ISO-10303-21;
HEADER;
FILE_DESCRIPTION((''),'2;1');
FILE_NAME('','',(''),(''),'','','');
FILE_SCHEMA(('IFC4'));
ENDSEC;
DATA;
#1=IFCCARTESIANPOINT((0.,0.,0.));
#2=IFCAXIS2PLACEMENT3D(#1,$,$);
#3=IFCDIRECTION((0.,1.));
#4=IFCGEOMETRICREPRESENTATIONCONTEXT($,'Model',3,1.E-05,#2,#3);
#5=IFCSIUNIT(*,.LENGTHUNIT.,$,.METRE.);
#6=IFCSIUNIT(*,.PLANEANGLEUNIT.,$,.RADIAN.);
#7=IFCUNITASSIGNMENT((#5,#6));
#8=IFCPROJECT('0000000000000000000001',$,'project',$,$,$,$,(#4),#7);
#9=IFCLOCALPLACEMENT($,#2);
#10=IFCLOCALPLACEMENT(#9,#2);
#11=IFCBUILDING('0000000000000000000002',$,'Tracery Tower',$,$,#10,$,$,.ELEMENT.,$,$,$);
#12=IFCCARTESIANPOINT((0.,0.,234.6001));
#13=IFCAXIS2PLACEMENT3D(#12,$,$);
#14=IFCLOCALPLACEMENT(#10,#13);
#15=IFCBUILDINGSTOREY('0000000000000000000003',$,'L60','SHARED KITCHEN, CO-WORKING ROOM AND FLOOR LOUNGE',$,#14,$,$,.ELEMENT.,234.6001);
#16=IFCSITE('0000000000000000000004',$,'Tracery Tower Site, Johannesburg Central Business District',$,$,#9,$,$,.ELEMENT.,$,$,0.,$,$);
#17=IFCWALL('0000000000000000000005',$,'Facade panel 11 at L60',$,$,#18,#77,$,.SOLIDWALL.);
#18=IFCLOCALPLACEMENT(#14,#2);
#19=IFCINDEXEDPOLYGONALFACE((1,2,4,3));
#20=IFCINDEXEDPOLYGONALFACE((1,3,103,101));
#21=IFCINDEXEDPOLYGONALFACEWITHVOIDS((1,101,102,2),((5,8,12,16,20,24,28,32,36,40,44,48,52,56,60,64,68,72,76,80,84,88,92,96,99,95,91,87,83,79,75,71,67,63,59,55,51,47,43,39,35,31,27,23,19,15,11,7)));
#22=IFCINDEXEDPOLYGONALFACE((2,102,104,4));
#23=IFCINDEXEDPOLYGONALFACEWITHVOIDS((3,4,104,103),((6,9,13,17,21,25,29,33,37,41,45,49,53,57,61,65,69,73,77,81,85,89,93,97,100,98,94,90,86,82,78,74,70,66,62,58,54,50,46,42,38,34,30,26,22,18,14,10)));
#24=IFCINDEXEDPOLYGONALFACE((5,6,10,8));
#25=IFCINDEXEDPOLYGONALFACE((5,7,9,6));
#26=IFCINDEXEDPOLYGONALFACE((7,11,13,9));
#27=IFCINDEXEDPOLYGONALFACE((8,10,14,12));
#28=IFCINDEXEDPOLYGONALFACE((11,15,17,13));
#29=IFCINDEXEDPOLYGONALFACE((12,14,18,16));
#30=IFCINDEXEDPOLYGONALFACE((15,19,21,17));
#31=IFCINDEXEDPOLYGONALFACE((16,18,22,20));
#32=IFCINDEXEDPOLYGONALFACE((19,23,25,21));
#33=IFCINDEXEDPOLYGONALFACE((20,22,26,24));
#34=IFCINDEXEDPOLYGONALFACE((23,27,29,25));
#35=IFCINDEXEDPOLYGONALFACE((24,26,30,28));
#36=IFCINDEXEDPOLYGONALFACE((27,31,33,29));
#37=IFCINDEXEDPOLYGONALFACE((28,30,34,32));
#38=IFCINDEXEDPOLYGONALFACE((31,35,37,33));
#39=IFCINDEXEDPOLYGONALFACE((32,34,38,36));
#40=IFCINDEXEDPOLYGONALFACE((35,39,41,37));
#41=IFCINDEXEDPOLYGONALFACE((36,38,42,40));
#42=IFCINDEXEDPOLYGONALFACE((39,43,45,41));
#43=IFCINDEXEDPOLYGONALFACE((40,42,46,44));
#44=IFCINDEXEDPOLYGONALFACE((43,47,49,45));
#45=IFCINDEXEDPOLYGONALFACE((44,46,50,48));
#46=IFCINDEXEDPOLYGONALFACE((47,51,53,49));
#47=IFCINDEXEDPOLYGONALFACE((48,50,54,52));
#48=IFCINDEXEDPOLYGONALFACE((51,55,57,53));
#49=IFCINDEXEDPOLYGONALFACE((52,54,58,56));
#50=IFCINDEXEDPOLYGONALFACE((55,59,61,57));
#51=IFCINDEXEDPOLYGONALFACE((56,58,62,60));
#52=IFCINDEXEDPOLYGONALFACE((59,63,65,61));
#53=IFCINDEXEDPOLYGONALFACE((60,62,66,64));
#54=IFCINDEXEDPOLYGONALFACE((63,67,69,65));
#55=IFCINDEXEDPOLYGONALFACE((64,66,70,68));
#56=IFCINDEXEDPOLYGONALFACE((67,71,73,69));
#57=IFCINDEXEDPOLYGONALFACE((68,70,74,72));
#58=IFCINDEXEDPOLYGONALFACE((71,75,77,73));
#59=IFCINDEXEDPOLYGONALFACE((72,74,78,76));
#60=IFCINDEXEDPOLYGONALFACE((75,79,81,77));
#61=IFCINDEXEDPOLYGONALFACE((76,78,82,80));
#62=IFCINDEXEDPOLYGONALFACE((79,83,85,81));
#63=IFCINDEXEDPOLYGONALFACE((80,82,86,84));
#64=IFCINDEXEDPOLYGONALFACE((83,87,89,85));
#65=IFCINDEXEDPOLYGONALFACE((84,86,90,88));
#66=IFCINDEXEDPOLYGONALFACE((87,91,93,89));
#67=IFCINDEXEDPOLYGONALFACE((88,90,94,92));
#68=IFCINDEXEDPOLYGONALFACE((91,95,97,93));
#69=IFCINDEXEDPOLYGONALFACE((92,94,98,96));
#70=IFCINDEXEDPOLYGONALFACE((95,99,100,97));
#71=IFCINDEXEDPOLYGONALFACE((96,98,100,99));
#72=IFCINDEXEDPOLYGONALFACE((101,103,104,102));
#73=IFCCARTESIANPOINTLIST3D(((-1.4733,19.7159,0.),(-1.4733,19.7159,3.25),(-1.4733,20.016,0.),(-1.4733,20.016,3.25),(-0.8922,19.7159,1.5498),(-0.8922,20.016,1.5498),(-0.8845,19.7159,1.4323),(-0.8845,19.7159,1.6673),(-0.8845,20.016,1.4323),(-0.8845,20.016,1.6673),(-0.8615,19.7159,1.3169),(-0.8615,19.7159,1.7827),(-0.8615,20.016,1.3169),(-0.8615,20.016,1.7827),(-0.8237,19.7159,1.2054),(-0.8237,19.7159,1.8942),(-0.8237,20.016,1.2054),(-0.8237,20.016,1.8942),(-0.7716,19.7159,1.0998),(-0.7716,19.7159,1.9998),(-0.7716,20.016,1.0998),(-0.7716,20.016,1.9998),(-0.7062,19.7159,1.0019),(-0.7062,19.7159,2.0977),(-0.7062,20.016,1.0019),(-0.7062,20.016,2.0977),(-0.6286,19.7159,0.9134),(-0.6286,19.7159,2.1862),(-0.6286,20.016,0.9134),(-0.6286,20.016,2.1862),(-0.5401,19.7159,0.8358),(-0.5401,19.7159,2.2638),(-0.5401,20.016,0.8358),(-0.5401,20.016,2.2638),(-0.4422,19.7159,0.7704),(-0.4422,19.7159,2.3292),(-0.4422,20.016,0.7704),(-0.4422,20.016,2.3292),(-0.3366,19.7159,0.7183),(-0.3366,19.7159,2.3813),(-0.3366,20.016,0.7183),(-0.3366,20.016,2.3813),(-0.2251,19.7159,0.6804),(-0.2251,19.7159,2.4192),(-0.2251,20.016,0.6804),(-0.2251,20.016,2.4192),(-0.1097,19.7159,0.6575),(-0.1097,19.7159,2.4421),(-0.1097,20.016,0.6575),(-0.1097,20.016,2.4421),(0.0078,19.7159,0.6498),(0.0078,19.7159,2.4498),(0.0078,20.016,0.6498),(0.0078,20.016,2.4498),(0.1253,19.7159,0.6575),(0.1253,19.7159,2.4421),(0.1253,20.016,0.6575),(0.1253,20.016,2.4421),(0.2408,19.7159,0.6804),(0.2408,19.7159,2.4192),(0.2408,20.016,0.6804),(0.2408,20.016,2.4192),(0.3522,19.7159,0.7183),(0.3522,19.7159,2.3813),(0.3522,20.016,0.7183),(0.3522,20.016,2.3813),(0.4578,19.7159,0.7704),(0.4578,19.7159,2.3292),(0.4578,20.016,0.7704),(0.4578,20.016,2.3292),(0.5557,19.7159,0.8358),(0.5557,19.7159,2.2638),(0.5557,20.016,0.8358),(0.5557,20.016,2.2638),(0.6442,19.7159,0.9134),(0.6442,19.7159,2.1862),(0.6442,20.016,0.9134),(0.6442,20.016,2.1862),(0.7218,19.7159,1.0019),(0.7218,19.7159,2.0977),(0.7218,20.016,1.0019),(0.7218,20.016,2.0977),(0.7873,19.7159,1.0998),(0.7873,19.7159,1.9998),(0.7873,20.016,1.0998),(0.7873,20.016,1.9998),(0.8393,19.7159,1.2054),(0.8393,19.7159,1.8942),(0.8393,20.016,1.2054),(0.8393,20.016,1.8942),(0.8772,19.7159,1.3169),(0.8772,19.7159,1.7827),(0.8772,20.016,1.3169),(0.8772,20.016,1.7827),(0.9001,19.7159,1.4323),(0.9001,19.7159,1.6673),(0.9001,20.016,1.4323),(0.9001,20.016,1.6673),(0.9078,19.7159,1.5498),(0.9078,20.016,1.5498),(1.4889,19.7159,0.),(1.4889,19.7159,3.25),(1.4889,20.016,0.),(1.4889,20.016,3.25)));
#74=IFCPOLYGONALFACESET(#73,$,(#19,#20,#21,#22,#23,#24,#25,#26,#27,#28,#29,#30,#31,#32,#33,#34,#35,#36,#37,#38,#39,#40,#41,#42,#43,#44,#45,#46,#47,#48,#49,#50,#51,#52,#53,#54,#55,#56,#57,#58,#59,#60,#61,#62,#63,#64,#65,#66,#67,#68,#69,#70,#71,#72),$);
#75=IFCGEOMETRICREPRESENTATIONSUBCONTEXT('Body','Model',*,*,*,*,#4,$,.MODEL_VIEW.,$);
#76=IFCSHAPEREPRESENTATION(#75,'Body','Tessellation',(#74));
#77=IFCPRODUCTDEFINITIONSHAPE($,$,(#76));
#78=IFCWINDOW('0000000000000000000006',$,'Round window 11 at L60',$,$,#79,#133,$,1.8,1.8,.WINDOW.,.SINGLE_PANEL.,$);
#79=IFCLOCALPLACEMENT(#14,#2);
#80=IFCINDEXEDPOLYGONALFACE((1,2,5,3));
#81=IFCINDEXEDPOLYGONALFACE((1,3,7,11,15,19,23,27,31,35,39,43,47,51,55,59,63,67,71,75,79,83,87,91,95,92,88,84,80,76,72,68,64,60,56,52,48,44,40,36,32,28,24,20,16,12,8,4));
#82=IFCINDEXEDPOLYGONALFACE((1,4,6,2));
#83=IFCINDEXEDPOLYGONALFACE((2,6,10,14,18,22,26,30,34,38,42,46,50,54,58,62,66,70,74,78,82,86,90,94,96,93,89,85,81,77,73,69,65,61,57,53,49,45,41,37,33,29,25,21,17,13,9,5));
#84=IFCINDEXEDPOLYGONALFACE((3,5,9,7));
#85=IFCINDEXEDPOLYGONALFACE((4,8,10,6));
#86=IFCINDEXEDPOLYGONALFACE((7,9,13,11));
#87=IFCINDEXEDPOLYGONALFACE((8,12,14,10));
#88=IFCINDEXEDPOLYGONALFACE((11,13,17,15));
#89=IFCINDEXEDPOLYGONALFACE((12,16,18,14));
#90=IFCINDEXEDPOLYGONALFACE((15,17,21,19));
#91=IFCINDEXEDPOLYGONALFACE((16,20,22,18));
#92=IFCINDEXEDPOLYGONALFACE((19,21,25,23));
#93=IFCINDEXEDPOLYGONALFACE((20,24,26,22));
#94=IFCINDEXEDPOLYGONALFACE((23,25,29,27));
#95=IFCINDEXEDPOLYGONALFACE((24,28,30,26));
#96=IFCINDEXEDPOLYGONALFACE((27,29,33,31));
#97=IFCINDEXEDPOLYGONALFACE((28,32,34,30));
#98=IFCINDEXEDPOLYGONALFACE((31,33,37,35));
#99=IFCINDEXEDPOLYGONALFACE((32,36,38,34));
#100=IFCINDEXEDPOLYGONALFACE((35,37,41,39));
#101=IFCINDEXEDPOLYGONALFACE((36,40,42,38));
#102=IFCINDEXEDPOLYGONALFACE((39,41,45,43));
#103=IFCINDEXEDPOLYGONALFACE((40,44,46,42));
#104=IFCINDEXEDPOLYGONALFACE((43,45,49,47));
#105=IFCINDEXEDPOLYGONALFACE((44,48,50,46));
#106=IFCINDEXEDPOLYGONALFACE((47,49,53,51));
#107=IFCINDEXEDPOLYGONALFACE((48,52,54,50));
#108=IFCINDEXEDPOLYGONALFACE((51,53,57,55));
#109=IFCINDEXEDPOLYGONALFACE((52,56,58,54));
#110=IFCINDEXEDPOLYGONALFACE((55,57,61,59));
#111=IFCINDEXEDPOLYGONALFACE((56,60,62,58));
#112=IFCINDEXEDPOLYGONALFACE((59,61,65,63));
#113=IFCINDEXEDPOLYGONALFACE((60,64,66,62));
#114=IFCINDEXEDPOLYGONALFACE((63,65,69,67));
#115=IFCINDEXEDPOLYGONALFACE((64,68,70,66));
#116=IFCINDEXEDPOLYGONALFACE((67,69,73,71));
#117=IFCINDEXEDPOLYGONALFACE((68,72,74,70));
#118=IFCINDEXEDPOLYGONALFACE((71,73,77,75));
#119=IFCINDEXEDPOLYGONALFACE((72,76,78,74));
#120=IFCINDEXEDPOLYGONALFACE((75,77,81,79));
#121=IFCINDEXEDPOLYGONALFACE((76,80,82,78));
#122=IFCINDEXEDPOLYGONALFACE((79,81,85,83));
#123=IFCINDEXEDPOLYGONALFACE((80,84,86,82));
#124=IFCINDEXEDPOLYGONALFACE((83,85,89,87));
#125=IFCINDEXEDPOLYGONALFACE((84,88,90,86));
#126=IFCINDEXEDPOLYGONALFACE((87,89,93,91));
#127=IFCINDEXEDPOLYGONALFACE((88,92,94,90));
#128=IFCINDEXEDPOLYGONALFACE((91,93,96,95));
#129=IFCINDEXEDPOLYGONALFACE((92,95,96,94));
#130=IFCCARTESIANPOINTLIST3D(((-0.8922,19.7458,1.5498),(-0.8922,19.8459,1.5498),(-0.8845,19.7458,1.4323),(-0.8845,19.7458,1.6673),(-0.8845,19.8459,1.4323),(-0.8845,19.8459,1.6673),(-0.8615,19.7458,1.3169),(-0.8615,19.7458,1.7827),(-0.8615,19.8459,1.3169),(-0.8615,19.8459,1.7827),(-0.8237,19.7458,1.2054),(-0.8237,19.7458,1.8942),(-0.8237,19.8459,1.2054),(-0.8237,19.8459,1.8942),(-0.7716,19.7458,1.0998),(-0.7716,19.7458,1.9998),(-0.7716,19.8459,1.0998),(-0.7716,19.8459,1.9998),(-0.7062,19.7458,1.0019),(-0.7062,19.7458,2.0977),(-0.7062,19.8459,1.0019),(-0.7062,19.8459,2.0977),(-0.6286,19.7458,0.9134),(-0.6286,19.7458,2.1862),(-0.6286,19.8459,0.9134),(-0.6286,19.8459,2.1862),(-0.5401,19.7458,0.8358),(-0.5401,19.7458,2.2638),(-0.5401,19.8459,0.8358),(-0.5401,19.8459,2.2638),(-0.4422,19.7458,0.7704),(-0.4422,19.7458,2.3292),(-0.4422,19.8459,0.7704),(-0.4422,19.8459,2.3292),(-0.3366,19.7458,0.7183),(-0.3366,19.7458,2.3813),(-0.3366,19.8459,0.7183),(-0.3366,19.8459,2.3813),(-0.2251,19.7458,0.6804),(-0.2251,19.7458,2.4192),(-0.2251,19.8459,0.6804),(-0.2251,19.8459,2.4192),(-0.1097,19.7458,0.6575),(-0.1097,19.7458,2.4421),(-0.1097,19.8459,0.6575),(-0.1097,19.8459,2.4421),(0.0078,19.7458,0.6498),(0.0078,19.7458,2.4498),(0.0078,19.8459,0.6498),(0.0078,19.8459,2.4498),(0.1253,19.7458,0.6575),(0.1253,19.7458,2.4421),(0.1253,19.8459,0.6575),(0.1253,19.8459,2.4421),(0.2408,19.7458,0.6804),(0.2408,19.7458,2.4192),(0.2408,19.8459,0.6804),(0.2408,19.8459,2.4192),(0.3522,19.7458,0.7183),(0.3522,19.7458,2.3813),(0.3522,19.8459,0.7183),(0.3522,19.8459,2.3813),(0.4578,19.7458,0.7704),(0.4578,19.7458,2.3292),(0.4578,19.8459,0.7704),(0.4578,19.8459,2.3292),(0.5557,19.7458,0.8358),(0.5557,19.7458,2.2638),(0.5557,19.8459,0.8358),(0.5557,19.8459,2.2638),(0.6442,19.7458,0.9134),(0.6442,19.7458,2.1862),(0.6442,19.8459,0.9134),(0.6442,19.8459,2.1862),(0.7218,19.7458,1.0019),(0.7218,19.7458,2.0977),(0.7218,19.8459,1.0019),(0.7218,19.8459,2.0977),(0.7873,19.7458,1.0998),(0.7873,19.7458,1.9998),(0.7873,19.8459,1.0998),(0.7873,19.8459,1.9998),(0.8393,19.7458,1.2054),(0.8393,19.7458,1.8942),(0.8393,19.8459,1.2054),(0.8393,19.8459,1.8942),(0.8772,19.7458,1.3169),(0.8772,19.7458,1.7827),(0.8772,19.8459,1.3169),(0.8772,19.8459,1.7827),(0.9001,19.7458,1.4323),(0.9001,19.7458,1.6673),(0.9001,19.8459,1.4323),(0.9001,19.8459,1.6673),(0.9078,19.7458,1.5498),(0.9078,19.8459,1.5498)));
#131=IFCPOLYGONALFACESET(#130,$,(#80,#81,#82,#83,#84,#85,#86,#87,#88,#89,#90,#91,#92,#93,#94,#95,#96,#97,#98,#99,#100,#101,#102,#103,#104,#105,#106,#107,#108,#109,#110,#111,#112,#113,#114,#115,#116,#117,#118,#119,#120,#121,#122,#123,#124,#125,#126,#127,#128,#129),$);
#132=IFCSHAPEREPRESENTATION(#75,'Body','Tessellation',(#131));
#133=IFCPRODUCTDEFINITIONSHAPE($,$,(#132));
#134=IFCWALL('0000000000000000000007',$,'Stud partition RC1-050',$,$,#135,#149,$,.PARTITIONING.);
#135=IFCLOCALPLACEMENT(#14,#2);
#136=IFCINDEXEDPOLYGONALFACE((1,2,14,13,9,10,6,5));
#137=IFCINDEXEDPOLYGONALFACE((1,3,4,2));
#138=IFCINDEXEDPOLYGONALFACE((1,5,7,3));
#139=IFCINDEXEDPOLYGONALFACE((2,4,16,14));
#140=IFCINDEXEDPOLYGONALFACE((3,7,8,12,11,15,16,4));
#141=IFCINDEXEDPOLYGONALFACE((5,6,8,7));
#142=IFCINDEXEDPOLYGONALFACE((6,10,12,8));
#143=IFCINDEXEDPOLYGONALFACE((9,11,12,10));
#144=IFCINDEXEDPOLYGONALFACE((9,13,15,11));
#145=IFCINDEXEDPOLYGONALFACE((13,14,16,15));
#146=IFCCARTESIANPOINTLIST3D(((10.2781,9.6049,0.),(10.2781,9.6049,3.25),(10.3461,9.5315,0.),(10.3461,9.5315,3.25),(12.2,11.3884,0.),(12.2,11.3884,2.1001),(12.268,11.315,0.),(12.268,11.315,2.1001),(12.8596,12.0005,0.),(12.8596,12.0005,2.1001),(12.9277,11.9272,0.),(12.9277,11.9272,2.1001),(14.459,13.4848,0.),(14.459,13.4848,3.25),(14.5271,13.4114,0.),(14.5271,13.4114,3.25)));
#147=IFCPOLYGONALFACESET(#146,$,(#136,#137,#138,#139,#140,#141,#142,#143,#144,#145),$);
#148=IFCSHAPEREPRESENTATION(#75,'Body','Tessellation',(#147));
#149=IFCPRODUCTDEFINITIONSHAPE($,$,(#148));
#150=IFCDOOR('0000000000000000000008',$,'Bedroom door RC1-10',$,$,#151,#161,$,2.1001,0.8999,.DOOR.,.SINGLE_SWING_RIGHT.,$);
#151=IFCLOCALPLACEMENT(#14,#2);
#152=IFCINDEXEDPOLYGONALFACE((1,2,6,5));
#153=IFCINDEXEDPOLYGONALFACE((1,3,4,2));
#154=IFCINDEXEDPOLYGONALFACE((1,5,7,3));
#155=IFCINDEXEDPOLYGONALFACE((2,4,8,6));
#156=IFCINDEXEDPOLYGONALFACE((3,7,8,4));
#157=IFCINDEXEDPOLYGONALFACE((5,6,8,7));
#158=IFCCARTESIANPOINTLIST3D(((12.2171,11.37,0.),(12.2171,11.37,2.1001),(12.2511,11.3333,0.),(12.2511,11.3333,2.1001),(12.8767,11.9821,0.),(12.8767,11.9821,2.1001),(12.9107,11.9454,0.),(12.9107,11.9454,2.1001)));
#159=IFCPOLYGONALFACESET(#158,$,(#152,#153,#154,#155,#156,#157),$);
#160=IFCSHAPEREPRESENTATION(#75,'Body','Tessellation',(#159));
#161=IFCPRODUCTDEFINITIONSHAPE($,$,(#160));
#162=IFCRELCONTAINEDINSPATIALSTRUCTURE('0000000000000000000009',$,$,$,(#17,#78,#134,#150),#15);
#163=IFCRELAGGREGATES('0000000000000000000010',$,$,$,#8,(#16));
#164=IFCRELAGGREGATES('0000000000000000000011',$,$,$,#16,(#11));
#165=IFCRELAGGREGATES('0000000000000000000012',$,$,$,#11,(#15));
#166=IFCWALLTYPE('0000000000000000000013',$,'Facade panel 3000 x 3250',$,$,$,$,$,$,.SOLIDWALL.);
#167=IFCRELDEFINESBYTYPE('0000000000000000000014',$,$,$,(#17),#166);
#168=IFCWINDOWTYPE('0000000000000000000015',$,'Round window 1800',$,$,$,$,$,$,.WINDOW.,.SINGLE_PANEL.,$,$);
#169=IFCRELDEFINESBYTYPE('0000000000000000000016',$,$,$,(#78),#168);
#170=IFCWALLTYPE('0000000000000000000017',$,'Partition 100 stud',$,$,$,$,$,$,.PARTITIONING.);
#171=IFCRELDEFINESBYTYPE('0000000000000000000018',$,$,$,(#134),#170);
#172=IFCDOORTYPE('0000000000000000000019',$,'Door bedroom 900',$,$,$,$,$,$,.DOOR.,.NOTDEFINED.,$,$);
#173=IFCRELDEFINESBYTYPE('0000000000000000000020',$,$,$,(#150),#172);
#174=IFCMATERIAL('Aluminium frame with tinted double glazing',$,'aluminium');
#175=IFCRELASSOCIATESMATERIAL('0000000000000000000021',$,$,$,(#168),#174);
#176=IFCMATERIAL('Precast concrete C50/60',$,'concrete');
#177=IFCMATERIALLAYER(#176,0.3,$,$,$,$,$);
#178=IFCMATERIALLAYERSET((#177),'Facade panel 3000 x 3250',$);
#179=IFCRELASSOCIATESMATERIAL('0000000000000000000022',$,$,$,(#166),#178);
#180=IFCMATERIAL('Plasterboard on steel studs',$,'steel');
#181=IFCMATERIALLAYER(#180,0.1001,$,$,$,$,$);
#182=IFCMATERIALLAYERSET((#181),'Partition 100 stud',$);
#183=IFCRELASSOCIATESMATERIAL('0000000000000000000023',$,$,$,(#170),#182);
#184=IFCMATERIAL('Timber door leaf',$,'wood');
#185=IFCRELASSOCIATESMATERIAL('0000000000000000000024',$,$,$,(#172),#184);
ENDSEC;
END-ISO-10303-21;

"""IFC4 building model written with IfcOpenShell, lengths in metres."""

from ifc_helpers import new_model, si_unit, direction, frame, frame_2d, origin, origin_2d, place, context, subcontext, project, spatial, rectangle, circle, extrude, material, layer, layer_set, type_object, element, fill, save


model = new_model("IFC4")

# Units and contexts
model_context = context("Model", 3, precision=1e-05, world=origin(), true_north=direction((0.0, 1.0)))
body_context = subcontext(model_context, "Body", "Model", "MODEL_VIEW")
ifc_project = project(units=[si_unit("LENGTHUNIT", "METRE"), si_unit("PLANEANGLEUNIT", "RADIAN")], contexts=[model_context])

# Site, building, storey
site_placement = place(None, origin())
site = spatial("IfcSite", under=ifc_project, at=site_placement, Name="Tracery Tower Site, Johannesburg Central Business District", CompositionType="ELEMENT", RefElevation=0.0)
building_placement = place(site_placement, origin())
building = spatial("IfcBuilding", under=site, at=building_placement, Name="Tracery Tower", CompositionType="ELEMENT")
storey_placement = place(building_placement, frame((0.0, 0.0, 234.6001)))
storey = spatial("IfcBuildingStorey", under=building, at=storey_placement, Name="L60", Description="SHARED KITCHEN, CO-WORKING ROOM AND FLOOR LOUNGE", CompositionType="ELEMENT", Elevation=234.6001)

# Wall, opening, window
ifc_material_1 = material(Name="Aluminium frame with tinted double glazing", Category="aluminium")
window_type = type_object("IfcWindowType", Name="Round window 1800", PartitioningType="SINGLE_PANEL", PredefinedType="WINDOW", material=ifc_material_1)
ifc_material_2 = material(Name="Precast concrete C50/60", Category="concrete")
ifc_layer_1 = layer(ifc_material_2, 0.3)
ifc_layer_set_1 = layer_set([ifc_layer_1], Name="Facade panel 3000 x 3250")
wall_type_1 = type_object("IfcWallType", Name="Facade panel 3000 x 3250", PredefinedType="SOLIDWALL", material=ifc_layer_set_1)
wall_1_placement = place(storey_placement, frame((1.4888, 19.866, 0.0), z_axis=(0.0, 0.0, 1.0), x_axis=(-1.0, 0.0, 0.0)))
wall_1 = element("IfcWall", 1, at=wall_1_placement, inside=storey, type_object=wall_type_1, Name="Facade panel 11 at L60", PredefinedType="SOLIDWALL", context=body_context, shape_type="SweptSolid", body=[
    extrude(rectangle(XDim=2.9622, YDim=0.3, at=frame_2d((1.481, 0.0))), origin(), (0.0, 0.0, 1.0), 3.25),
])
opening_1_placement = place(wall_1_placement, frame((1.481, 0.0, 1.5498)))
opening_1 = element("IfcOpeningElement", 2, at=opening_1_placement, cuts=wall_1, PredefinedType="OPENING", context=body_context, shape_type="SweptSolid", body=[
    extrude(circle(Radius=0.9, at=origin_2d()), frame((0.0, 0.1599, 0.0), z_axis=(0.0, -1.0, 0.0), x_axis=(1.0, 0.0, 0.0)), (0.0, 0.0, 1.0), 0.3201),
])
window_1_placement = place(opening_1_placement, origin())
window_1 = element("IfcWindow", 3, at=window_1_placement, inside=storey, type_object=window_type, Name="Round window 11 at L60", OverallHeight=1.8, OverallWidth=1.8, PartitioningType="SINGLE_PANEL", PredefinedType="WINDOW", context=body_context, shape_type="SweptSolid", body=[
    extrude(circle(Radius=0.9, at=origin_2d()), frame((0.0, 0.1201, 0.0), z_axis=(0.0, -1.0, 0.0), x_axis=(1.0, 0.0, 0.0)), (0.0, 0.0, 1.0), 0.1001),
])
fill(opening_1, window_1)

# Wall, opening, door
ifc_material_3 = material(Name="Plasterboard on steel studs", Category="steel")
ifc_layer_2 = layer(ifc_material_3, 0.1001)
ifc_layer_set_2 = layer_set([ifc_layer_2], Name="Partition 100 stud")
wall_type_2 = type_object("IfcWallType", Name="Partition 100 stud", PredefinedType="PARTITIONING", material=ifc_layer_set_2)
wall_2_placement = place(storey_placement, frame((10.312, 9.5681, 0.0), z_axis=(0.0, 0.0, 1.0), x_axis=(0.733002, 0.680226, 0.0)))
wall_2 = element("IfcWall", 4, at=wall_2_placement, inside=storey, type_object=wall_type_2, Name="Stud partition RC1-050", PredefinedType="PARTITIONING", context=body_context, shape_type="SweptSolid", body=[
    extrude(rectangle(XDim=5.7039, YDim=0.1001, at=frame_2d((2.8521, 0.0))), origin(), (0.0, 0.0, 1.0), 3.25),
])
opening_2_placement = place(wall_2_placement, frame((2.6221, 0.0, 0.0)))
opening_2 = element("IfcOpeningElement", 5, at=opening_2_placement, cuts=wall_2, PredefinedType="OPENING", context=body_context, shape_type="SweptSolid", body=[
    extrude(rectangle(XDim=0.8999, YDim=2.1001, at=frame_2d((0.45, 1.05))), frame((0.0, 0.05, 0.0), z_axis=(0.0, -1.0, 0.0), x_axis=(1.0, 0.0, 0.0)), (0.0, 0.0, 1.0), 0.1001),
])
ifc_material_4 = material(Name="Timber door leaf", Category="wood")
door_type_1 = type_object("IfcDoorType", Name="Door bedroom 900", OperationType="NOTDEFINED", PredefinedType="DOOR", material=ifc_material_4)
door_1_placement = place(opening_2_placement, origin())
door_1 = element("IfcDoor", 6, at=door_1_placement, inside=storey, type_object=door_type_1, Name="Bedroom door RC1-10", OperationType="SINGLE_SWING_RIGHT", OverallHeight=2.1001, OverallWidth=0.8999, PredefinedType="DOOR", context=body_context, shape_type="SweptSolid", body=[
    extrude(rectangle(XDim=0.8999, YDim=2.1001, at=frame_2d((0.45, 1.05))), frame((0.0, 0.0249, 0.0), z_axis=(0.0, -1.0, 0.0), x_axis=(1.0, 0.0, 0.0)), (0.0, 0.0, 1.0), 0.05),
])
fill(opening_2, door_1)

save(model, "model.ifc")
